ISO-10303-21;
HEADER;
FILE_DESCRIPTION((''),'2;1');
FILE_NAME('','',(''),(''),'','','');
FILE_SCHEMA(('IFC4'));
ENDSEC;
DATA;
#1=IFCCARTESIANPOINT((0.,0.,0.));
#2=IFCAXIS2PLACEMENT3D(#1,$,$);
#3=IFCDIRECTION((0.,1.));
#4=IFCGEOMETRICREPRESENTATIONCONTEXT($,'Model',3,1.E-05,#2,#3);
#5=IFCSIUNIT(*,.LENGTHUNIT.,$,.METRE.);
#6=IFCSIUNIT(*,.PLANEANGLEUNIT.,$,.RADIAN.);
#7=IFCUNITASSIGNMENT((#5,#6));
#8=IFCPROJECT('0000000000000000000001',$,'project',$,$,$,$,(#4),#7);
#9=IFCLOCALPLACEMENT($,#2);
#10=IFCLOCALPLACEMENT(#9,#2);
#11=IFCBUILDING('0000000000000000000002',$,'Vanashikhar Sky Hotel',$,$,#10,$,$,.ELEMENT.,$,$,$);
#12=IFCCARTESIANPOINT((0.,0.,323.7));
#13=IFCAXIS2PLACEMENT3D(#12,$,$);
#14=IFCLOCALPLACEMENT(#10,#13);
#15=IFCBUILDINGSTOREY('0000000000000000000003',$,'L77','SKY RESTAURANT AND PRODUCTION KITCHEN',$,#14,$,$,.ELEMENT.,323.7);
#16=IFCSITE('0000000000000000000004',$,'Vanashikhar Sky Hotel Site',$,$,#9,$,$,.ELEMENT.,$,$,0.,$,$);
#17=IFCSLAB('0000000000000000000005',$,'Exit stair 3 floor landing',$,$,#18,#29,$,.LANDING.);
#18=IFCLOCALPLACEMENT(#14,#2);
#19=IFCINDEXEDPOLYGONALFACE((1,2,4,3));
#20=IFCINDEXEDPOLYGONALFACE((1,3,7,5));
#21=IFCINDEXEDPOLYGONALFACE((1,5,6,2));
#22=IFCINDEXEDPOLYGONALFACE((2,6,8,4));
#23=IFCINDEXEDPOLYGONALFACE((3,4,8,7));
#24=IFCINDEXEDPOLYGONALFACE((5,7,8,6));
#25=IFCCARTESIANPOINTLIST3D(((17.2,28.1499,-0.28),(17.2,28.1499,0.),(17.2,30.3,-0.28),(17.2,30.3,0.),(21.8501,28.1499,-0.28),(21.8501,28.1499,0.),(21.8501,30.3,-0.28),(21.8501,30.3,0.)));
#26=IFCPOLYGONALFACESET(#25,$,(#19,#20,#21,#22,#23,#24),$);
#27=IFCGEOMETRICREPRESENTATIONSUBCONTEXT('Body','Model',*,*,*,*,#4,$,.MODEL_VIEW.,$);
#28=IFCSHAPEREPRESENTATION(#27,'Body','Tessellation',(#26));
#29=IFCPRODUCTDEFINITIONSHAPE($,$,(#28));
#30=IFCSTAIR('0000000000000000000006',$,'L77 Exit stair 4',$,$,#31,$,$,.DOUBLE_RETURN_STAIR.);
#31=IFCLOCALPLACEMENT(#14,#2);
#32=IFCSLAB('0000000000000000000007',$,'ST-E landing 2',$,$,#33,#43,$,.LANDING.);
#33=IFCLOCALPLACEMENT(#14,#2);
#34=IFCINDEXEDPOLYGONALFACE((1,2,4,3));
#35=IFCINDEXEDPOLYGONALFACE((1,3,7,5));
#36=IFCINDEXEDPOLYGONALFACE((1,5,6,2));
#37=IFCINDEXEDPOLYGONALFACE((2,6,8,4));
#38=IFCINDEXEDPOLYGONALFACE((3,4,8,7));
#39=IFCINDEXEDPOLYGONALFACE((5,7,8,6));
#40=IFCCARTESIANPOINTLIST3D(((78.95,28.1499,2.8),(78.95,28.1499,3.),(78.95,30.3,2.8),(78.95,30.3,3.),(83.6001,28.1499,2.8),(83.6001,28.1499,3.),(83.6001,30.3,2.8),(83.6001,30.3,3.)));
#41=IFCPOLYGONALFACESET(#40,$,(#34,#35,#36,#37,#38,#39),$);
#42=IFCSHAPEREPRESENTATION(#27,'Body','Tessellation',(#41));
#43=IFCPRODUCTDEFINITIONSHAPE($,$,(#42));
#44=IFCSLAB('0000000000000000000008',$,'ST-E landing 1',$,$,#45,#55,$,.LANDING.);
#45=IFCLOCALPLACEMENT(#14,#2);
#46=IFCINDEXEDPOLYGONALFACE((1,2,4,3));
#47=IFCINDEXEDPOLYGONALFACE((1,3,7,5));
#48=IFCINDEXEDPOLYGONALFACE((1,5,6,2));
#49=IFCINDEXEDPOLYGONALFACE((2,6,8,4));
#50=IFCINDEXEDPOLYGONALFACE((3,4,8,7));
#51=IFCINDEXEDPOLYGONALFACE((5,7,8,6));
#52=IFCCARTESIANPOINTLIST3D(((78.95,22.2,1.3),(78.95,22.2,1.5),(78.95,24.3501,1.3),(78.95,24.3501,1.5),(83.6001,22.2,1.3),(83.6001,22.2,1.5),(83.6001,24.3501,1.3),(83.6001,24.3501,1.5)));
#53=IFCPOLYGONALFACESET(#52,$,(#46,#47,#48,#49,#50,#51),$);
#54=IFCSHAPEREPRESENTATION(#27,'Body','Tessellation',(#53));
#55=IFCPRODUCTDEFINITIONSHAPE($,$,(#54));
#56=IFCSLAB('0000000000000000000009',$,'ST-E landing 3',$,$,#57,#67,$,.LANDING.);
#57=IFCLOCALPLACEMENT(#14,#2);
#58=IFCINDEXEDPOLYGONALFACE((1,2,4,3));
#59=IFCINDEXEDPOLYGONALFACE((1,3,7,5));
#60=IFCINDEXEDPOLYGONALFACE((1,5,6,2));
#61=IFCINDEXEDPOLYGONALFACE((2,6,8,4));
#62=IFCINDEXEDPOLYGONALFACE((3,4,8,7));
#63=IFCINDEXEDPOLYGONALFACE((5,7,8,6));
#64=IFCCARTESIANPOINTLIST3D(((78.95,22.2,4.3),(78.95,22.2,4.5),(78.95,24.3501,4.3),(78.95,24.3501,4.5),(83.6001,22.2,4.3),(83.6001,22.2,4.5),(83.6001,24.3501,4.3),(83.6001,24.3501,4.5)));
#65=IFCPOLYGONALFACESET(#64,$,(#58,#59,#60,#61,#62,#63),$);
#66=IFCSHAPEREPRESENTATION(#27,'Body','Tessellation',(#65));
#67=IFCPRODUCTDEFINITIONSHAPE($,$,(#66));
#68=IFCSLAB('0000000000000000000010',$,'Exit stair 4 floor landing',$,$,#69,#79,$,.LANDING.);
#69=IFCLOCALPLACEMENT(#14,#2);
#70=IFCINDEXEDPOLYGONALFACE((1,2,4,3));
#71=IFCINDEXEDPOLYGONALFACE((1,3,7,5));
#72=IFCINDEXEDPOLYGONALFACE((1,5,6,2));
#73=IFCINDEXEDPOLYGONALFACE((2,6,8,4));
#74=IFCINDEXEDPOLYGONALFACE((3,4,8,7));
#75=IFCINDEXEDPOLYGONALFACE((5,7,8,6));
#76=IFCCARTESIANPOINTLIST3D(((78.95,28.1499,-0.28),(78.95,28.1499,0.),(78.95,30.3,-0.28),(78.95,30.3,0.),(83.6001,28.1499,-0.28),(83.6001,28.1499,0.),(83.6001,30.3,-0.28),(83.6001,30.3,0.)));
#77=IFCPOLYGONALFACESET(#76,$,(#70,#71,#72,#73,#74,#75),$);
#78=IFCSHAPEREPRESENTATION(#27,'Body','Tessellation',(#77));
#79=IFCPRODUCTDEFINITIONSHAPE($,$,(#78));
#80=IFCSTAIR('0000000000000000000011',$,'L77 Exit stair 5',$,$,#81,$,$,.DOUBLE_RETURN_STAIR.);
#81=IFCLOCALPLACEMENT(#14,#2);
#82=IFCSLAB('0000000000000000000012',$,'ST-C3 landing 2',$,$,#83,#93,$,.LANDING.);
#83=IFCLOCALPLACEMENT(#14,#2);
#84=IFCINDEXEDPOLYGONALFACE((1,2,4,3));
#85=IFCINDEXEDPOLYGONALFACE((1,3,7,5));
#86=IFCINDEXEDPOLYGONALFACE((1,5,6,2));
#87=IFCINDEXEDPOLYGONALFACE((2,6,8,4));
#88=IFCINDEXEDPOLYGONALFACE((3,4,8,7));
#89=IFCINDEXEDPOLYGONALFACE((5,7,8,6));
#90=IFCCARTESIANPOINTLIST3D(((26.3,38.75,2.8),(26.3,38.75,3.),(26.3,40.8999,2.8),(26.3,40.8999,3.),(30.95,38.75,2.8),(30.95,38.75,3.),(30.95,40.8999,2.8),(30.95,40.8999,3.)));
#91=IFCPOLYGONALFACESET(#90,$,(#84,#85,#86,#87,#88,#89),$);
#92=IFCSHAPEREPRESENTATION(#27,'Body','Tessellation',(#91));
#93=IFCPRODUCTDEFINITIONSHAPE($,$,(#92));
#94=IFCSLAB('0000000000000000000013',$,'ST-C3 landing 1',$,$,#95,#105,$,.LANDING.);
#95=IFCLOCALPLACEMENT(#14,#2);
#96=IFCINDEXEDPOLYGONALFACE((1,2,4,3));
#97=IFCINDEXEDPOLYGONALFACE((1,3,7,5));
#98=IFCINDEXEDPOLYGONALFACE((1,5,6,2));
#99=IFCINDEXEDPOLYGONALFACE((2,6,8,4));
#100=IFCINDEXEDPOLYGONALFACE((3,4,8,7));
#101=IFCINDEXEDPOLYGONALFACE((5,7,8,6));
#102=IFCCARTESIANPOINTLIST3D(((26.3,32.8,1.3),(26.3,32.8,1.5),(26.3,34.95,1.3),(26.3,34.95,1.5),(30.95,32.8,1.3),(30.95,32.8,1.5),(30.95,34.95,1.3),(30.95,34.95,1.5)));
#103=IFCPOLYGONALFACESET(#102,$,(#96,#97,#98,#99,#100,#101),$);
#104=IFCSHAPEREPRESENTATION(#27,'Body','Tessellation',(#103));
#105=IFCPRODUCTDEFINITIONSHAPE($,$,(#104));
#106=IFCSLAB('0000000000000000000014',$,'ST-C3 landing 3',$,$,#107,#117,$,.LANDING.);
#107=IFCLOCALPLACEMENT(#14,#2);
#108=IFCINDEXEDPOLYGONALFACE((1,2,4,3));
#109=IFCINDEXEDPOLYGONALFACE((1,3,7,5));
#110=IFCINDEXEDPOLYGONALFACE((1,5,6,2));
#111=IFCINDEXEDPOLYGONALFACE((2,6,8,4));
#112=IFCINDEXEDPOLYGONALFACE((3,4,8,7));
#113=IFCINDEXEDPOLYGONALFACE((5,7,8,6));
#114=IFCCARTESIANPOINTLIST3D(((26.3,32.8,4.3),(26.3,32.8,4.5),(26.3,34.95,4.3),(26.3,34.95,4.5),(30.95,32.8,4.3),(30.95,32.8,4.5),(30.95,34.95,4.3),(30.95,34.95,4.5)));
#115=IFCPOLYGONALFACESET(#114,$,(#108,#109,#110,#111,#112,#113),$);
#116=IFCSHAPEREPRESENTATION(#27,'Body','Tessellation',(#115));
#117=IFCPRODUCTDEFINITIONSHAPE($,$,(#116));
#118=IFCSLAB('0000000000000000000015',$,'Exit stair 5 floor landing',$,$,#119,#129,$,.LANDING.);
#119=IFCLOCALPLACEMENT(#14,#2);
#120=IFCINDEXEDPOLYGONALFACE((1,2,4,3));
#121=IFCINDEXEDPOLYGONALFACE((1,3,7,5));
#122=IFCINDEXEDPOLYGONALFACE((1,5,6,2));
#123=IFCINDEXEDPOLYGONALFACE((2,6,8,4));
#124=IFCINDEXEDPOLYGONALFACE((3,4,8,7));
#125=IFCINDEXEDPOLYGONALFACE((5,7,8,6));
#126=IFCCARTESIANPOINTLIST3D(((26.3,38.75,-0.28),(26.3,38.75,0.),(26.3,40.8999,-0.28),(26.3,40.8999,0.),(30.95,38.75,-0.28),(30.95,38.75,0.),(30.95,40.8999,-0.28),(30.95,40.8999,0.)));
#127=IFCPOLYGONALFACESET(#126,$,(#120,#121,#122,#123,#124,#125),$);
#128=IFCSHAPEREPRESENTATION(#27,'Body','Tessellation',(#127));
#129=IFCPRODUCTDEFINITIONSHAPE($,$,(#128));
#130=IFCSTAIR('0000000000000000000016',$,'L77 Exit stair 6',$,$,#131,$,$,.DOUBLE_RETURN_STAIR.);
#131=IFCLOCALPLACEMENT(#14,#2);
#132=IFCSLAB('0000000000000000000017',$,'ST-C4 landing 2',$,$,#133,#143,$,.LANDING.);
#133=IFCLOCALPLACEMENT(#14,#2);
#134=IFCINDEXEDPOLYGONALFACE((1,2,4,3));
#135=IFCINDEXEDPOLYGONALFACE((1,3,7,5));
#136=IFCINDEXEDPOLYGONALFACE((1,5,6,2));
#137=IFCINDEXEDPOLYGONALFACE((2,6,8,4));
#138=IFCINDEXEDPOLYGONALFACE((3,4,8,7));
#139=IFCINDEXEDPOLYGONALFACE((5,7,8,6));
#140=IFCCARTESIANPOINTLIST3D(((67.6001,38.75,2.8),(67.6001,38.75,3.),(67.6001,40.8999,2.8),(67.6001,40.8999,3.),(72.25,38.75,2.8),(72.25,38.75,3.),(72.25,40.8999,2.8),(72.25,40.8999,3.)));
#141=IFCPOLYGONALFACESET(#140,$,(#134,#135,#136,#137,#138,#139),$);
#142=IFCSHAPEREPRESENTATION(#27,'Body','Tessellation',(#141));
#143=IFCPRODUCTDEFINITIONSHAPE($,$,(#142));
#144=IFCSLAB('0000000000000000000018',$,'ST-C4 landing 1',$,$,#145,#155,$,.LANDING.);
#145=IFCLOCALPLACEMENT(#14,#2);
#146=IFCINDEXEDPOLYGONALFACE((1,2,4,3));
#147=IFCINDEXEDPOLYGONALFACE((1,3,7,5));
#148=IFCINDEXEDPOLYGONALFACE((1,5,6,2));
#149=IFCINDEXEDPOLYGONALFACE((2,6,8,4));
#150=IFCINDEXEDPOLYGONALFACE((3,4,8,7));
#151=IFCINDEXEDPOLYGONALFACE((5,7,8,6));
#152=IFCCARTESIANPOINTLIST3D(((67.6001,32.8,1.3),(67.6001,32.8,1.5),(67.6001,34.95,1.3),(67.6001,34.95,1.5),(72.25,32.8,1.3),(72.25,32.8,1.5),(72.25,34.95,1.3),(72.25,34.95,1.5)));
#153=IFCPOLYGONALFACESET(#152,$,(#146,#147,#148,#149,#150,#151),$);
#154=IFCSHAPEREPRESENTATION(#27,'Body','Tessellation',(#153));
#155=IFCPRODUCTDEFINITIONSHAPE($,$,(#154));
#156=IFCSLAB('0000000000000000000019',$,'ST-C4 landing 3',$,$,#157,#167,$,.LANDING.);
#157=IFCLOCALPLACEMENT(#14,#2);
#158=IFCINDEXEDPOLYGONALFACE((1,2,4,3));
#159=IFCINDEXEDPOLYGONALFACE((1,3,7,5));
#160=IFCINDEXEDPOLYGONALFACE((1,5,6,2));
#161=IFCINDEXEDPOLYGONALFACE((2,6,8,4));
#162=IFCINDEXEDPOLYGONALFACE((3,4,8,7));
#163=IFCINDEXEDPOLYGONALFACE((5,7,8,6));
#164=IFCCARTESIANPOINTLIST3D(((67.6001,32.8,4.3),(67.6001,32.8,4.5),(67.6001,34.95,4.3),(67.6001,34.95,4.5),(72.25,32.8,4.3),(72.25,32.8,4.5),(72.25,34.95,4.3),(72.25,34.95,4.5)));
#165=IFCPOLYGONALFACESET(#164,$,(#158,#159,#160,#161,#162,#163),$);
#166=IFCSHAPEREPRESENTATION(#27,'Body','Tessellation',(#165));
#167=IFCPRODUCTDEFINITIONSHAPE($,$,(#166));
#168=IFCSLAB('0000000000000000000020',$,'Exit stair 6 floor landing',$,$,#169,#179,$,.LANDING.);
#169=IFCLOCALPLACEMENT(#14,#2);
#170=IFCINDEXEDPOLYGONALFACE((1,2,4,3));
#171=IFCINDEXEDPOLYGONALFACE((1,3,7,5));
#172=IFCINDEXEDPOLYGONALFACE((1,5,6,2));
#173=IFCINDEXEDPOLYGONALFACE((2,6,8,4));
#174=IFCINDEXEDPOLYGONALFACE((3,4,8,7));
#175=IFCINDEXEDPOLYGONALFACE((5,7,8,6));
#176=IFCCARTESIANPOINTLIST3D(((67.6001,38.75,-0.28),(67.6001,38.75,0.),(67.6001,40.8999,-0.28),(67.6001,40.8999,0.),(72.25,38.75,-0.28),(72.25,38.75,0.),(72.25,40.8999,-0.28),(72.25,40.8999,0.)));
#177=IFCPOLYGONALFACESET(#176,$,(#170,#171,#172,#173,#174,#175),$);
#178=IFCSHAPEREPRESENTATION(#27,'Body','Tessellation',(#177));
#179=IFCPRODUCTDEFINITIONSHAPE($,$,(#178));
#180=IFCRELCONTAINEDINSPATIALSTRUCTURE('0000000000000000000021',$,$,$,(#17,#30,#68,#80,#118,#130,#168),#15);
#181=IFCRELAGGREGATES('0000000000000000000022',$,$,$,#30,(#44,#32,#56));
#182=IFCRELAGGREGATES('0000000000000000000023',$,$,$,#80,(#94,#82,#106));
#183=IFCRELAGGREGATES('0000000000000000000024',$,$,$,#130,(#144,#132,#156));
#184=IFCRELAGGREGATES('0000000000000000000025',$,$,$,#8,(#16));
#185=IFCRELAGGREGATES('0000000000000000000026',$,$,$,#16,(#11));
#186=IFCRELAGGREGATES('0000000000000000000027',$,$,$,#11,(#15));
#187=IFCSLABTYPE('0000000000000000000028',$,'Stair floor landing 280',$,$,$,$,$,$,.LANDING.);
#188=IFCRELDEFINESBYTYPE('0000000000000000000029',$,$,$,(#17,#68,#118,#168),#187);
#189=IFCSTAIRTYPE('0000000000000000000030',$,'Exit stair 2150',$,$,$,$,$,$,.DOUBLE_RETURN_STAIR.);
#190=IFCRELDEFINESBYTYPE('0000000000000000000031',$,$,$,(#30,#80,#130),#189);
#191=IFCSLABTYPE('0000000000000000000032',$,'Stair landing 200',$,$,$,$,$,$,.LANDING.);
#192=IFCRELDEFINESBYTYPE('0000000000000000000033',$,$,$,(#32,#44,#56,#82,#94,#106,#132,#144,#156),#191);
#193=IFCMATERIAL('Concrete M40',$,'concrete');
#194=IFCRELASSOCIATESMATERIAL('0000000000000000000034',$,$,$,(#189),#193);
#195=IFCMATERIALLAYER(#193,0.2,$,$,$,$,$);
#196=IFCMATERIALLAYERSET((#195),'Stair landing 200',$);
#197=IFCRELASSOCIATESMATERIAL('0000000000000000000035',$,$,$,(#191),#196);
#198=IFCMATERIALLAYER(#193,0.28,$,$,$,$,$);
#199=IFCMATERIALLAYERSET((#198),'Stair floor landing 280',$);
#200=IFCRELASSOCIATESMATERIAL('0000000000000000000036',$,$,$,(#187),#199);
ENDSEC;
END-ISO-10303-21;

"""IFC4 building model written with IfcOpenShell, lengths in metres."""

from ifc_helpers import new_model, si_unit, direction, frame, origin, place, context, subcontext, project, spatial, polyline, outline, extrude, source, transform, mapped, material, layer, layer_set, type_object, element, aggregate, save


model = new_model("IFC4")

# Units and contexts
model_context = context("Model", 3, precision=1e-05, world=origin(), true_north=direction((0.0, 1.0)))
body_context = subcontext(model_context, "Body", "Model", "MODEL_VIEW")
ifc_project = project(units=[si_unit("LENGTHUNIT", "METRE"), si_unit("PLANEANGLEUNIT", "RADIAN")], contexts=[model_context])

# Site, building, storey
site_placement = place(None, origin())
site = spatial("IfcSite", under=ifc_project, at=site_placement, Name="Vanashikhar Sky Hotel Site", CompositionType="ELEMENT", RefElevation=0.0)
building_placement = place(site_placement, origin())
building = spatial("IfcBuilding", under=site, at=building_placement, Name="Vanashikhar Sky Hotel", CompositionType="ELEMENT")
storey_placement = place(building_placement, frame((0.0, 0.0, 323.7)))
storey = spatial("IfcBuildingStorey", under=building, at=storey_placement, Name="L77", Description="SKY RESTAURANT AND PRODUCTION KITCHEN", CompositionType="ELEMENT", Elevation=323.7)

# Shared definitions
ifc_material_1 = material(Name="Concrete M40", Category="concrete")

# Shared definitions
stair_type = type_object("IfcStairType", Name="Exit stair 2150", PredefinedType="DOUBLE_RETURN_STAIR", material=ifc_material_1)
ifc_layer_1 = layer(ifc_material_1, 0.2)
ifc_layer_set_1 = layer_set([ifc_layer_1], Name="Stair landing 200")
slab_type_1 = type_object("IfcSlabType", Name="Stair landing 200", PredefinedType="LANDING", material=ifc_layer_set_1)

# Shared definitions
ifc_layer_2 = layer(ifc_material_1, 0.28)
ifc_layer_set_2 = layer_set([ifc_layer_2], Name="Stair floor landing 280")
slab_type_2 = type_object("IfcSlabType", Name="Stair floor landing 280", PredefinedType="LANDING", material=ifc_layer_set_2)

# Slab
shared_shape_1 = source(origin(), body_context, "Body", "SweptSolid", [
    extrude(outline(polyline([(21.8501, 28.1499), (21.8501, 30.3), (17.2, 30.3), (17.2, 28.1499), (21.8501, 28.1499)])), origin(), (0.0, 0.0, 1.0), 0.28),
])
slab_1_placement = place(storey_placement, frame((0.0, 0.0, -0.28)))
element("IfcSlab", 1, at=slab_1_placement, inside=storey, type_object=slab_type_2, Name="Exit stair 3 floor landing", PredefinedType="LANDING", context=body_context, shape_type="MappedRepresentation", body=[
    mapped(shared_shape_1, transform((0.0, 0.0, 0.0), scale=1.0)),
])

# Stair, slabs
stair_1_placement = place(storey_placement, origin())
stair_1 = element("IfcStair", 2, at=stair_1_placement, inside=storey, type_object=stair_type, Name="L77 Exit stair 4", PredefinedType="DOUBLE_RETURN_STAIR")
shared_shape_2 = source(origin(), body_context, "Body", "SweptSolid", [
    extrude(outline(polyline([(83.6001, 28.1499), (83.6001, 30.3), (78.95, 30.3), (78.95, 28.1499), (83.6001, 28.1499)])), origin(), (0.0, 0.0, 1.0), 0.2),
])
slab_2_placement = place(storey_placement, frame((0.0, 0.0, 2.8)))
slab_2 = element("IfcSlab", 3, at=slab_2_placement, type_object=slab_type_1, Name="ST-E landing 2", PredefinedType="LANDING", context=body_context, shape_type="MappedRepresentation", body=[
    mapped(shared_shape_2, transform((0.0, 0.0, 0.0), scale=1.0)),
])
shared_shape_3 = source(origin(), body_context, "Body", "SweptSolid", [
    extrude(outline(polyline([(83.6001, 22.2), (83.6001, 24.3501), (78.95, 24.3501), (78.95, 22.2), (83.6001, 22.2)])), origin(), (0.0, 0.0, 1.0), 0.2),
])
slab_3_placement = place(storey_placement, frame((0.0, 0.0, 1.3)))
slab_3 = element("IfcSlab", 4, at=slab_3_placement, type_object=slab_type_1, Name="ST-E landing 1", PredefinedType="LANDING", context=body_context, shape_type="MappedRepresentation", body=[
    mapped(shared_shape_3, transform((0.0, 0.0, 0.0), scale=1.0)),
])
slab_4_placement = place(storey_placement, frame((0.0, 0.0, 4.3)))
slab_4 = element("IfcSlab", 5, at=slab_4_placement, type_object=slab_type_1, Name="ST-E landing 3", PredefinedType="LANDING", context=body_context, shape_type="MappedRepresentation", body=[
    mapped(shared_shape_3, transform((0.0, 0.0, 0.0), scale=1.0)),
])
aggregate(stair_1, [slab_3, slab_2, slab_4])

# Slab
shared_shape_4 = source(origin(), body_context, "Body", "SweptSolid", [
    extrude(outline(polyline([(83.6001, 28.1499), (83.6001, 30.3), (78.95, 30.3), (78.95, 28.1499), (83.6001, 28.1499)])), origin(), (0.0, 0.0, 1.0), 0.28),
])
slab_5_placement = place(storey_placement, frame((0.0, 0.0, -0.28)))
element("IfcSlab", 6, at=slab_5_placement, inside=storey, type_object=slab_type_2, Name="Exit stair 4 floor landing", PredefinedType="LANDING", context=body_context, shape_type="MappedRepresentation", body=[
    mapped(shared_shape_4, transform((0.0, 0.0, 0.0), scale=1.0)),
])

# Stair, slabs
stair_2_placement = place(storey_placement, origin())
stair_2 = element("IfcStair", 7, at=stair_2_placement, inside=storey, type_object=stair_type, Name="L77 Exit stair 5", PredefinedType="DOUBLE_RETURN_STAIR")
shared_shape_5 = source(origin(), body_context, "Body", "SweptSolid", [
    extrude(outline(polyline([(30.95, 38.75), (30.95, 40.8999), (26.3, 40.8999), (26.3, 38.75), (30.95, 38.75)])), origin(), (0.0, 0.0, 1.0), 0.2),
])
slab_6_placement = place(storey_placement, frame((0.0, 0.0, 2.8)))
slab_6 = element("IfcSlab", 8, at=slab_6_placement, type_object=slab_type_1, Name="ST-C3 landing 2", PredefinedType="LANDING", context=body_context, shape_type="MappedRepresentation", body=[
    mapped(shared_shape_5, transform((0.0, 0.0, 0.0), scale=1.0)),
])
shared_shape_6 = source(origin(), body_context, "Body", "SweptSolid", [
    extrude(outline(polyline([(30.95, 32.8), (30.95, 34.95), (26.3, 34.95), (26.3, 32.8), (30.95, 32.8)])), origin(), (0.0, 0.0, 1.0), 0.2),
])
slab_7_placement = place(storey_placement, frame((0.0, 0.0, 1.3)))
slab_7 = element("IfcSlab", 9, at=slab_7_placement, type_object=slab_type_1, Name="ST-C3 landing 1", PredefinedType="LANDING", context=body_context, shape_type="MappedRepresentation", body=[
    mapped(shared_shape_6, transform((0.0, 0.0, 0.0), scale=1.0)),
])
slab_8_placement = place(storey_placement, frame((0.0, 0.0, 4.3)))
slab_8 = element("IfcSlab", 10, at=slab_8_placement, type_object=slab_type_1, Name="ST-C3 landing 3", PredefinedType="LANDING", context=body_context, shape_type="MappedRepresentation", body=[
    mapped(shared_shape_6, transform((0.0, 0.0, 0.0), scale=1.0)),
])
aggregate(stair_2, [slab_7, slab_6, slab_8])

# Slab
shared_shape_7 = source(origin(), body_context, "Body", "SweptSolid", [
    extrude(outline(polyline([(30.95, 38.75), (30.95, 40.8999), (26.3, 40.8999), (26.3, 38.75), (30.95, 38.75)])), origin(), (0.0, 0.0, 1.0), 0.28),
])
slab_9_placement = place(storey_placement, frame((0.0, 0.0, -0.28)))
element("IfcSlab", 11, at=slab_9_placement, inside=storey, type_object=slab_type_2, Name="Exit stair 5 floor landing", PredefinedType="LANDING", context=body_context, shape_type="MappedRepresentation", body=[
    mapped(shared_shape_7, transform((0.0, 0.0, 0.0), scale=1.0)),
])

# Stair, slabs
stair_3_placement = place(storey_placement, origin())
stair_3 = element("IfcStair", 12, at=stair_3_placement, inside=storey, type_object=stair_type, Name="L77 Exit stair 6", PredefinedType="DOUBLE_RETURN_STAIR")
shared_shape_8 = source(origin(), body_context, "Body", "SweptSolid", [
    extrude(outline(polyline([(72.25, 38.75), (72.25, 40.8999), (67.6001, 40.8999), (67.6001, 38.75), (72.25, 38.75)])), origin(), (0.0, 0.0, 1.0), 0.2),
])
slab_10_placement = place(storey_placement, frame((0.0, 0.0, 2.8)))
slab_10 = element("IfcSlab", 13, at=slab_10_placement, type_object=slab_type_1, Name="ST-C4 landing 2", PredefinedType="LANDING", context=body_context, shape_type="MappedRepresentation", body=[
    mapped(shared_shape_8, transform((0.0, 0.0, 0.0), scale=1.0)),
])
shared_shape_9 = source(origin(), body_context, "Body", "SweptSolid", [
    extrude(outline(polyline([(72.25, 32.8), (72.25, 34.95), (67.6001, 34.95), (67.6001, 32.8), (72.25, 32.8)])), origin(), (0.0, 0.0, 1.0), 0.2),
])
slab_11_placement = place(storey_placement, frame((0.0, 0.0, 1.3)))
slab_11 = element("IfcSlab", 14, at=slab_11_placement, type_object=slab_type_1, Name="ST-C4 landing 1", PredefinedType="LANDING", context=body_context, shape_type="MappedRepresentation", body=[
    mapped(shared_shape_9, transform((0.0, 0.0, 0.0), scale=1.0)),
])
slab_12_placement = place(storey_placement, frame((0.0, 0.0, 4.3)))
slab_12 = element("IfcSlab", 15, at=slab_12_placement, type_object=slab_type_1, Name="ST-C4 landing 3", PredefinedType="LANDING", context=body_context, shape_type="MappedRepresentation", body=[
    mapped(shared_shape_9, transform((0.0, 0.0, 0.0), scale=1.0)),
])
aggregate(stair_3, [slab_11, slab_10, slab_12])

# Slab
shared_shape_10 = source(origin(), body_context, "Body", "SweptSolid", [
    extrude(outline(polyline([(72.25, 38.75), (72.25, 40.8999), (67.6001, 40.8999), (67.6001, 38.75), (72.25, 38.75)])), origin(), (0.0, 0.0, 1.0), 0.28),
])
slab_13_placement = place(storey_placement, frame((0.0, 0.0, -0.28)))
element("IfcSlab", 16, at=slab_13_placement, inside=storey, type_object=slab_type_2, Name="Exit stair 6 floor landing", PredefinedType="LANDING", context=body_context, shape_type="MappedRepresentation", body=[
    mapped(shared_shape_10, transform((0.0, 0.0, 0.0), scale=1.0)),
])

save(model, "model.ifc")
